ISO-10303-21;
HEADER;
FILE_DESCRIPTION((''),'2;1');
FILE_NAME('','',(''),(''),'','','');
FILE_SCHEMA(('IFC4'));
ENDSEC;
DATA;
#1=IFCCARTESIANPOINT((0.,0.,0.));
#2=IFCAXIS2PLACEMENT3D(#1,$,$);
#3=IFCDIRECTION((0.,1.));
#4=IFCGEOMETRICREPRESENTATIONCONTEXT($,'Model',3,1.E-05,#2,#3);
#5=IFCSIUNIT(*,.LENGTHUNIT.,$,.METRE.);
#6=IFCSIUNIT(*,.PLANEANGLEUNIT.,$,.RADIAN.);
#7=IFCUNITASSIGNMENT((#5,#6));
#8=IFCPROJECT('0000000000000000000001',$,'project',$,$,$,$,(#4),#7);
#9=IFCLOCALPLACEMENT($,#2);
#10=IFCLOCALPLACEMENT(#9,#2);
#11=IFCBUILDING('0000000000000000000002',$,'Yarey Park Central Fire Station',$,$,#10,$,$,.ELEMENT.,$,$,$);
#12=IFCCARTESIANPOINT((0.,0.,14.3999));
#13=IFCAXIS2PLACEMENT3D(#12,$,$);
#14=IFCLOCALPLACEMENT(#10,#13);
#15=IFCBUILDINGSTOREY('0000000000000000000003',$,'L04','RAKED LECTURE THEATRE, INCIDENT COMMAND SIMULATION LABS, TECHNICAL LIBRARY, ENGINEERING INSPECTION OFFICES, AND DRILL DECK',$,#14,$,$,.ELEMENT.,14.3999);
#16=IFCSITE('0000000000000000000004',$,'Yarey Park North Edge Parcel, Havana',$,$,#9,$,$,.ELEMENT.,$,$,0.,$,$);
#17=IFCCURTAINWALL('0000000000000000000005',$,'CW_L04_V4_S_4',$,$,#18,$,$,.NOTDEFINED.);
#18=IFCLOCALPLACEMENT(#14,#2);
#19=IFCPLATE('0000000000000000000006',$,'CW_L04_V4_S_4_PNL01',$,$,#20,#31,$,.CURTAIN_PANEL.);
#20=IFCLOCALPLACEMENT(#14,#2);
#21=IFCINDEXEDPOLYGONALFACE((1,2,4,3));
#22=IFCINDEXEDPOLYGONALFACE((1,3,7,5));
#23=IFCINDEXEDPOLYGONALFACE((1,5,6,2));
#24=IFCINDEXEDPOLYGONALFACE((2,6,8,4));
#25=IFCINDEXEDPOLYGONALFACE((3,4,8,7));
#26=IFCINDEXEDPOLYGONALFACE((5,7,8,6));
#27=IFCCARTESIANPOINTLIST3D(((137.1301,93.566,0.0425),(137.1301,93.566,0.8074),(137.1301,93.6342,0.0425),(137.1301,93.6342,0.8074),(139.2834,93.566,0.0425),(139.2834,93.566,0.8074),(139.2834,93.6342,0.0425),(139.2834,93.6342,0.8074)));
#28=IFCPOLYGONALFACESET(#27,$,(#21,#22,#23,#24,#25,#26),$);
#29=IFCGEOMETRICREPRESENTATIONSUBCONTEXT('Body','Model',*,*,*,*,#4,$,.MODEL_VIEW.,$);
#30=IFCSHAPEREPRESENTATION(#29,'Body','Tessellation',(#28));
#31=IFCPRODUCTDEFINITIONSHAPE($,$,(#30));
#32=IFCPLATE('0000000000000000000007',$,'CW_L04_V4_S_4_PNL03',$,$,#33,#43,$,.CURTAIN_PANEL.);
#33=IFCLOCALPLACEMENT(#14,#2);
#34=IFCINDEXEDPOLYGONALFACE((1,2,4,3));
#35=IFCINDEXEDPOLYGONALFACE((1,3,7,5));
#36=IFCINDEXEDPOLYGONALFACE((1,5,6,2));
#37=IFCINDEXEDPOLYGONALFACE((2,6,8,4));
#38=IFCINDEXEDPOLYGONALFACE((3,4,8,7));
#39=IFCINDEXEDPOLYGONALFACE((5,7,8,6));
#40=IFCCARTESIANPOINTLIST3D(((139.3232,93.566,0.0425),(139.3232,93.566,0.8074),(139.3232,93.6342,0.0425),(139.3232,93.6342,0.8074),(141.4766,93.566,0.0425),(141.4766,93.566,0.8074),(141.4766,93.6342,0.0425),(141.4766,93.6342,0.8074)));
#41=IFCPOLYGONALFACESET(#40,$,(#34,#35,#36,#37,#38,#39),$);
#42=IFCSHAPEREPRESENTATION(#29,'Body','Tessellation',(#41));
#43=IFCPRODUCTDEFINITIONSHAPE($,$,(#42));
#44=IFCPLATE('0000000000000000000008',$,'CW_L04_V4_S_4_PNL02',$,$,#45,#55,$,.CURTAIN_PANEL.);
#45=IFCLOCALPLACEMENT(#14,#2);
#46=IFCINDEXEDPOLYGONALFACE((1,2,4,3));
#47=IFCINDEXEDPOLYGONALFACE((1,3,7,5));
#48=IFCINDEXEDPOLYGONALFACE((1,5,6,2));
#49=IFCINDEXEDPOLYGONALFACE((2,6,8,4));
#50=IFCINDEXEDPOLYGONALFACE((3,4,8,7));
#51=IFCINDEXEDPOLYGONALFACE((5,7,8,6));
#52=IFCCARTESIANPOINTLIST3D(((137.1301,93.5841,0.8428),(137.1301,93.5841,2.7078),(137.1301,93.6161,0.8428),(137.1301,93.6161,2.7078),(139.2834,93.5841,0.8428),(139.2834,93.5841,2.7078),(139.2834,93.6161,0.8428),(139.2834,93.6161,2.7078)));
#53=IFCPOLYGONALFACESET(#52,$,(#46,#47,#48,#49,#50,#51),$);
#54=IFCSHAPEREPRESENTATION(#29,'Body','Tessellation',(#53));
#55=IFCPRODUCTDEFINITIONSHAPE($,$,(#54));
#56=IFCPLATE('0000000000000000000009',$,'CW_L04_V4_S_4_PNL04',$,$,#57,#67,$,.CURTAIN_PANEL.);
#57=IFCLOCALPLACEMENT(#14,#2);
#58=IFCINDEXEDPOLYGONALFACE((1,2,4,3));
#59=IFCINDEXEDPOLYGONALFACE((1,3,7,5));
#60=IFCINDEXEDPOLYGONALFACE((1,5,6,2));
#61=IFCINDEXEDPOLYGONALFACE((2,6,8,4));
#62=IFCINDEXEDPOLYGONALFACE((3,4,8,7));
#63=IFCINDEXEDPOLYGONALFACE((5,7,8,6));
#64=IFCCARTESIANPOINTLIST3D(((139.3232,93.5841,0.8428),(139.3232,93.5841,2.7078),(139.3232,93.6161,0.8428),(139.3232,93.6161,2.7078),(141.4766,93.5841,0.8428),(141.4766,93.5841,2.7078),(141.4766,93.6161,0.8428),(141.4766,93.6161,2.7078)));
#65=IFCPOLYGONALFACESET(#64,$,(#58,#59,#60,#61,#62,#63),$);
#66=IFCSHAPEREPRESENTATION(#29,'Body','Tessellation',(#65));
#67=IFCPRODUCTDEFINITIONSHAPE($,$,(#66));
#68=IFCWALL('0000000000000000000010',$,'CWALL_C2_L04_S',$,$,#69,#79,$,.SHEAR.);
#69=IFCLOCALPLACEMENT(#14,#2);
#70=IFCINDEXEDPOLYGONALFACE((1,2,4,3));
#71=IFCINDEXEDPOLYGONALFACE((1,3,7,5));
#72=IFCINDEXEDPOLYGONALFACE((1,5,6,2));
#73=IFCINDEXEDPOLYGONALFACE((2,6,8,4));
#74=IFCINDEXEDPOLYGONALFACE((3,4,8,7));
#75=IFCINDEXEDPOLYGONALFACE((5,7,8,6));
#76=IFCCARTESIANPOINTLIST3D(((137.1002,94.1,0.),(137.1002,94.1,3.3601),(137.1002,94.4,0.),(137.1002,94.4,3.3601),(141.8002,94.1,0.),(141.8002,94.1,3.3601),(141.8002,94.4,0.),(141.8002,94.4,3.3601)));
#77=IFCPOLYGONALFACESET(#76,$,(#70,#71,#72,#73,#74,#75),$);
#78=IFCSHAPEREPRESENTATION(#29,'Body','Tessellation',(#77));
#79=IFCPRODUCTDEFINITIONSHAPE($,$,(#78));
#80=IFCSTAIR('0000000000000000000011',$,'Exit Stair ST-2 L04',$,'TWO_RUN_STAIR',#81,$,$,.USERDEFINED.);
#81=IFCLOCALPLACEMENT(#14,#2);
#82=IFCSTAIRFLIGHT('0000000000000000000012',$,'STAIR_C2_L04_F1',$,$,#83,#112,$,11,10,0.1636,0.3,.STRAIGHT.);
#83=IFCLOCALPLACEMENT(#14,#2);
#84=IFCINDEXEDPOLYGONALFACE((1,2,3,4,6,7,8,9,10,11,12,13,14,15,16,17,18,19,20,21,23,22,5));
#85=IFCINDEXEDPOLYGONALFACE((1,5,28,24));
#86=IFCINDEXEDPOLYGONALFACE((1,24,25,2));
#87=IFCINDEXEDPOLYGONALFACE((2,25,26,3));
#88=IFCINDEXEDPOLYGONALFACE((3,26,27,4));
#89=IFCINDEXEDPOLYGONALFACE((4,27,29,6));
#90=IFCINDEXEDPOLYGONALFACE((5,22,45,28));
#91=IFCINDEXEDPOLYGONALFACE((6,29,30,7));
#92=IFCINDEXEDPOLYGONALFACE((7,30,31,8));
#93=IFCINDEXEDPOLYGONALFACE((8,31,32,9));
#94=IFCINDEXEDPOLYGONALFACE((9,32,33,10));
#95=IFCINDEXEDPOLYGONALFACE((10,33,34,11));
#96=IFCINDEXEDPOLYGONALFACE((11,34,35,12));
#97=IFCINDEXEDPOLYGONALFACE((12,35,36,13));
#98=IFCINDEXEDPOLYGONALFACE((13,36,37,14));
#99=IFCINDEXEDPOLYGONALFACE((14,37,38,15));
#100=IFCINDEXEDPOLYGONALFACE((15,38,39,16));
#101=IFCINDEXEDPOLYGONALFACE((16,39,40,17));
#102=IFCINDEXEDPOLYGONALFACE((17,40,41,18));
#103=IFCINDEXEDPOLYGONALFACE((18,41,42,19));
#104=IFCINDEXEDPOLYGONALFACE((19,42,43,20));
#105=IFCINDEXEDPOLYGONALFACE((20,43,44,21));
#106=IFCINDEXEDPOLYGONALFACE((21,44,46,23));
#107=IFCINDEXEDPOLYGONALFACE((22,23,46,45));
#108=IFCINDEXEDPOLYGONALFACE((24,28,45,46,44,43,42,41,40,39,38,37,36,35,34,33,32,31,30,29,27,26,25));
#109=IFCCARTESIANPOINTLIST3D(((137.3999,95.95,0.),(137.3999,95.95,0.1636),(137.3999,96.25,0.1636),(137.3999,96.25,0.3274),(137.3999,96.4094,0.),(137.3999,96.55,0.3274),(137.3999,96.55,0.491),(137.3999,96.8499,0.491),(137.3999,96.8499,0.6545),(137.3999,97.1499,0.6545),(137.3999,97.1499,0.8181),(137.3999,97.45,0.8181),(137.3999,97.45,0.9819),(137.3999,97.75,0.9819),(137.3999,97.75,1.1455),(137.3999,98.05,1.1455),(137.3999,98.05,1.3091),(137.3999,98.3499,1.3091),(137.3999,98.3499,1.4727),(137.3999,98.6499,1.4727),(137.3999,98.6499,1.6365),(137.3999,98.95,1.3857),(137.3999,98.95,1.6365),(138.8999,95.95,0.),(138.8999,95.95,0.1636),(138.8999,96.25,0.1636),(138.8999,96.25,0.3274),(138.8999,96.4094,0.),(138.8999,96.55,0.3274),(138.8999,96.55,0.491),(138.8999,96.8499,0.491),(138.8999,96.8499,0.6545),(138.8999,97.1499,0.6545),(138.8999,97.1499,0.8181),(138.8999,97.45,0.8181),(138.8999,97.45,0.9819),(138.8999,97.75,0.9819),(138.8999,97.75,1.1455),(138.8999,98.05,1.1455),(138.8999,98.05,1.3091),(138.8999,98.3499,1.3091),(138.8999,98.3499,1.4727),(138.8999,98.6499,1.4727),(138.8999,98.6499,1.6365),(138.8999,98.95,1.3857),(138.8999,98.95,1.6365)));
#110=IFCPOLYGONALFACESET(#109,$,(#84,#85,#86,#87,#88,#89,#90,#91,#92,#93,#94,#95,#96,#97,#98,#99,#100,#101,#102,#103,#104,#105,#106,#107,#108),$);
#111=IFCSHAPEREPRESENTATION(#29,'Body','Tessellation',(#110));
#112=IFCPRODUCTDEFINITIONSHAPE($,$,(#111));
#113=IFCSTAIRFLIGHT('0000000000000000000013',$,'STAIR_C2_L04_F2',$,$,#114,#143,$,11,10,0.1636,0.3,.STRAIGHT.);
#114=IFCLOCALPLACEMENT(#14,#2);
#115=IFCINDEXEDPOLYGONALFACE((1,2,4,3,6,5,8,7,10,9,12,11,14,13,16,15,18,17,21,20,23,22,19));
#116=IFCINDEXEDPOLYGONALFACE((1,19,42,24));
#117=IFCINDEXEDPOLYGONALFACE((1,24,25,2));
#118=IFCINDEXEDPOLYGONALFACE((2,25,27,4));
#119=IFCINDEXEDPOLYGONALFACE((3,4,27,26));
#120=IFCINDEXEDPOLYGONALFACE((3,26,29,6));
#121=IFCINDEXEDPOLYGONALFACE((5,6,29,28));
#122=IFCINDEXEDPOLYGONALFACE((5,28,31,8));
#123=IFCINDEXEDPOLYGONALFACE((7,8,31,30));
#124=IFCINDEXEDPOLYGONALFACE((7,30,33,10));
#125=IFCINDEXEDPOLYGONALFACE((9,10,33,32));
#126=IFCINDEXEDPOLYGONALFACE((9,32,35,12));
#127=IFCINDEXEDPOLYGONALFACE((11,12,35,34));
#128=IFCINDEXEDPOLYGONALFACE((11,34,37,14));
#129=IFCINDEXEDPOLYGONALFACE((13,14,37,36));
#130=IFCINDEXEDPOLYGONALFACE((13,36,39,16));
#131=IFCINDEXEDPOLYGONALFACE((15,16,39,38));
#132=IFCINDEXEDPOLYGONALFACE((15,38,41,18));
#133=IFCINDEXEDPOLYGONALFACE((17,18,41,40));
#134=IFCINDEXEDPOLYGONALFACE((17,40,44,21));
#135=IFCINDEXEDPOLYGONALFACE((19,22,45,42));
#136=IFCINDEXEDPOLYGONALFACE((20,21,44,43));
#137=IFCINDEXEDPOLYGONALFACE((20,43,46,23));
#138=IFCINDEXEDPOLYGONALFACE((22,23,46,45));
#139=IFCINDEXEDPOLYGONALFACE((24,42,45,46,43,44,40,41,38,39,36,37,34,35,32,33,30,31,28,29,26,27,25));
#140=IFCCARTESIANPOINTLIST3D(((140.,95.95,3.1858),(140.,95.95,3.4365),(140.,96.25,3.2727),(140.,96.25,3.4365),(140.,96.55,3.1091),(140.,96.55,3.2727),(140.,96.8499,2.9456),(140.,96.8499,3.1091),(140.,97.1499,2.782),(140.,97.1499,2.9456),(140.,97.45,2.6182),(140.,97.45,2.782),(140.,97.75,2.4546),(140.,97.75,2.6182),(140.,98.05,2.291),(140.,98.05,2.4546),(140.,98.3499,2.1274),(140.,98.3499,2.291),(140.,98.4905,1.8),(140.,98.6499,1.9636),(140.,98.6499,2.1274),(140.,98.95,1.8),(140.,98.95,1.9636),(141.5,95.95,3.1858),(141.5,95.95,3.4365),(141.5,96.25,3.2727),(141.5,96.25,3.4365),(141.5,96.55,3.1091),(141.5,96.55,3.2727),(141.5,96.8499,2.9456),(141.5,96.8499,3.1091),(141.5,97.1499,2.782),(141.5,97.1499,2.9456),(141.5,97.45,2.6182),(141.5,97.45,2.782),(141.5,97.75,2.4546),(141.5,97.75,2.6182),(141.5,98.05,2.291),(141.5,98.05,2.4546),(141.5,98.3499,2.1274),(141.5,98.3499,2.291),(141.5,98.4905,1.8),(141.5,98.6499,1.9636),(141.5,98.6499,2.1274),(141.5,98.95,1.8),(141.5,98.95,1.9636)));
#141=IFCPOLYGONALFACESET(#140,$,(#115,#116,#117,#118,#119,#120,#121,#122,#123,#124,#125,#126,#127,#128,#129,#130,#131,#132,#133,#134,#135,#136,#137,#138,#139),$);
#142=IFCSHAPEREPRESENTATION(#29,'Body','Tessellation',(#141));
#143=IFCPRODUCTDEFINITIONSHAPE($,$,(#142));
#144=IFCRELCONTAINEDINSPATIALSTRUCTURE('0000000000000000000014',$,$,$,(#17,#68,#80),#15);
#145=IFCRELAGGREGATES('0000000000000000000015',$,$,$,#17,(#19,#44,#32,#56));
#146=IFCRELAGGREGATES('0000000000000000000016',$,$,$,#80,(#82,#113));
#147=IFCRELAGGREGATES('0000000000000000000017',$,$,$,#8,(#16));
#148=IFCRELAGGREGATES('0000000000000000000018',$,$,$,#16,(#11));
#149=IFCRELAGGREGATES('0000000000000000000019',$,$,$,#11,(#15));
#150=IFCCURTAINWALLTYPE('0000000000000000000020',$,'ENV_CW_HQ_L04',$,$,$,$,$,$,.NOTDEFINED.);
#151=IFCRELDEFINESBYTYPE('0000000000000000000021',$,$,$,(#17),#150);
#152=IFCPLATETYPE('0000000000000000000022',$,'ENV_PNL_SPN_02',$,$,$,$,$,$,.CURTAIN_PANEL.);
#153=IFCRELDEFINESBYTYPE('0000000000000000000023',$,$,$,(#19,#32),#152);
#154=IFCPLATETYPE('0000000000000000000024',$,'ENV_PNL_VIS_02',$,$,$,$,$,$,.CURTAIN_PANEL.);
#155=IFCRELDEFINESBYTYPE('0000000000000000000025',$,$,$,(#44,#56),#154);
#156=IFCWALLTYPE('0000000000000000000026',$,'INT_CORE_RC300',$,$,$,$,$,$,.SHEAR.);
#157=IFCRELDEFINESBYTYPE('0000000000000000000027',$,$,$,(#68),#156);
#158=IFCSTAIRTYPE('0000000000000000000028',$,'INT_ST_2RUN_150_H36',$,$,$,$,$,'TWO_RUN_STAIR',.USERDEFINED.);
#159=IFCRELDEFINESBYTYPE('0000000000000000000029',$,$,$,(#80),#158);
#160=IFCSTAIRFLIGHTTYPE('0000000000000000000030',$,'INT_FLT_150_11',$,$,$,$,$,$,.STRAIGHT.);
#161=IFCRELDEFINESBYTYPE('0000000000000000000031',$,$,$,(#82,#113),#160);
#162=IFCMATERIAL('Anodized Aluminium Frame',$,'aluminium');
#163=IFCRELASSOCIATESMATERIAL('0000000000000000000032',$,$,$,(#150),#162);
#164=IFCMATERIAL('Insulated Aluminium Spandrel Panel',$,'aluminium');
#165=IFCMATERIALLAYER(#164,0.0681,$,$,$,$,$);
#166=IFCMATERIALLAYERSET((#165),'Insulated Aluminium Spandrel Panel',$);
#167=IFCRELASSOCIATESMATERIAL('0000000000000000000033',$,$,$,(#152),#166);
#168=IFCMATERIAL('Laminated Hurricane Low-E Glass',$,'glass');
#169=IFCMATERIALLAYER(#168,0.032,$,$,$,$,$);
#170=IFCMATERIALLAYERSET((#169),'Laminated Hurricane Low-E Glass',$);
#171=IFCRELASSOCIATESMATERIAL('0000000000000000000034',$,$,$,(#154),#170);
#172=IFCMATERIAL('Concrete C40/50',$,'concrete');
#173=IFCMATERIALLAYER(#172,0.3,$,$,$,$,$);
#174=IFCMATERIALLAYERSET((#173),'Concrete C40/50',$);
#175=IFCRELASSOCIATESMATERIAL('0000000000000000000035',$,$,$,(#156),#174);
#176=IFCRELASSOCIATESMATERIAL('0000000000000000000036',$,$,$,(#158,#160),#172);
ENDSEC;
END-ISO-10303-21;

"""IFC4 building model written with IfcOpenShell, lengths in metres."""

from ifc_helpers import new_model, si_unit, direction, frame, frame_2d, origin, origin_2d, place, context, subcontext, project, spatial, polyline, rectangle, outline, extrude, material, layer, layer_set, type_object, element, aggregate, save


model = new_model("IFC4")

# Units and contexts
model_context = context("Model", 3, precision=1e-05, world=origin(), true_north=direction((0.0, 1.0)))
body_context = subcontext(model_context, "Body", "Model", "MODEL_VIEW")
ifc_project = project(units=[si_unit("LENGTHUNIT", "METRE"), si_unit("PLANEANGLEUNIT", "RADIAN")], contexts=[model_context])

# Site, building, storey
site_placement = place(None, origin())
site = spatial("IfcSite", under=ifc_project, at=site_placement, Name="Yarey Park North Edge Parcel, Havana", CompositionType="ELEMENT", RefElevation=0.0)
building_placement = place(site_placement, origin())
building = spatial("IfcBuilding", under=site, at=building_placement, Name="Yarey Park Central Fire Station", CompositionType="ELEMENT")
storey_placement = place(building_placement, frame((0.0, 0.0, 14.3999)))
storey = spatial("IfcBuildingStorey", under=building, at=storey_placement, Name="L04", Description="RAKED LECTURE THEATRE, INCIDENT COMMAND SIMULATION LABS, TECHNICAL LIBRARY, ENGINEERING INSPECTION OFFICES, AND DRILL DECK", CompositionType="ELEMENT", Elevation=14.3999)

# Shared definitions
ifc_material_1 = material(Name="Concrete C40/50", Category="concrete")

# Curtain wall
ifc_material_2 = material(Name="Anodized Aluminium Frame", Category="aluminium")
curtain_wall_type = type_object("IfcCurtainWallType", Name="ENV_CW_HQ_L04", PredefinedType="NOTDEFINED", material=ifc_material_2)
curtain_wall_placement = place(storey_placement, origin())
curtain_wall = element("IfcCurtainWall", 1, at=curtain_wall_placement, inside=storey, type_object=curtain_wall_type, Name="CW_L04_V4_S_4", PredefinedType="NOTDEFINED")

# Plates
ifc_material_3 = material(Name="Insulated Aluminium Spandrel Panel", Category="aluminium")
ifc_layer_1 = layer(ifc_material_3, 0.0681)
ifc_layer_set_1 = layer_set([ifc_layer_1], Name="Insulated Aluminium Spandrel Panel")
plate_type_1 = type_object("IfcPlateType", Name="ENV_PNL_SPN_02", PredefinedType="CURTAIN_PANEL", material=ifc_layer_set_1)
plate_1_placement = place(storey_placement, frame((138.2068, 93.6001, 0.0425), z_axis=(0.0, 0.0, 1.0), x_axis=(1.0, 0.0, 0.0)))
plate_1 = element("IfcPlate", 2, at=plate_1_placement, type_object=plate_type_1, Name="CW_L04_V4_S_4_PNL01", PredefinedType="CURTAIN_PANEL", context=body_context, shape_type="SweptSolid", body=[
    extrude(rectangle(XDim=2.1533, YDim=0.0681, at=origin_2d()), origin(), (0.0, 0.0, 1.0), 0.7649),
])
plate_2_placement = place(storey_placement, frame((140.3999, 93.6001, 0.0425), z_axis=(0.0, 0.0, 1.0), x_axis=(1.0, 0.0, 0.0)))
plate_2 = element("IfcPlate", 3, at=plate_2_placement, type_object=plate_type_1, Name="CW_L04_V4_S_4_PNL03", PredefinedType="CURTAIN_PANEL", context=body_context, shape_type="SweptSolid", body=[
    extrude(rectangle(XDim=2.1533, YDim=0.0681, at=origin_2d()), origin(), (0.0, 0.0, 1.0), 0.7649),
])
ifc_material_4 = material(Name="Laminated Hurricane Low-E Glass", Category="glass")
ifc_layer_2 = layer(ifc_material_4, 0.032)
ifc_layer_set_2 = layer_set([ifc_layer_2], Name="Laminated Hurricane Low-E Glass")
plate_type_2 = type_object("IfcPlateType", Name="ENV_PNL_VIS_02", PredefinedType="CURTAIN_PANEL", material=ifc_layer_set_2)
plate_3_placement = place(storey_placement, frame((138.2068, 93.6001, 0.8428), z_axis=(0.0, 0.0, 1.0), x_axis=(1.0, 0.0, 0.0)))
plate_3 = element("IfcPlate", 4, at=plate_3_placement, type_object=plate_type_2, Name="CW_L04_V4_S_4_PNL02", PredefinedType="CURTAIN_PANEL", context=body_context, shape_type="SweptSolid", body=[
    extrude(rectangle(XDim=2.1533, YDim=0.032, at=origin_2d()), origin(), (0.0, 0.0, 1.0), 1.865),
])
plate_4_placement = place(storey_placement, frame((140.3999, 93.6001, 0.8428), z_axis=(0.0, 0.0, 1.0), x_axis=(1.0, 0.0, 0.0)))
plate_4 = element("IfcPlate", 5, at=plate_4_placement, type_object=plate_type_2, Name="CW_L04_V4_S_4_PNL04", PredefinedType="CURTAIN_PANEL", context=body_context, shape_type="SweptSolid", body=[
    extrude(rectangle(XDim=2.1533, YDim=0.032, at=origin_2d()), origin(), (0.0, 0.0, 1.0), 1.865),
])
aggregate(curtain_wall, [plate_1, plate_3, plate_2, plate_4])

# Wall
ifc_layer_3 = layer(ifc_material_1, 0.3)
ifc_layer_set_3 = layer_set([ifc_layer_3], Name="Concrete C40/50")
wall_type = type_object("IfcWallType", Name="INT_CORE_RC300", PredefinedType="SHEAR", material=ifc_layer_set_3)
wall_placement = place(storey_placement, frame((137.1001, 94.25, 0.0), z_axis=(0.0, 0.0, 1.0), x_axis=(1.0, 0.0, 0.0)))
element("IfcWall", 6, at=wall_placement, inside=storey, type_object=wall_type, Name="CWALL_C2_L04_S", PredefinedType="SHEAR", context=body_context, shape_type="SweptSolid", body=[
    extrude(rectangle(XDim=4.7, YDim=0.3, at=frame_2d((2.3501, 0.0))), origin(), (0.0, 0.0, 1.0), 3.3601),
])

# Stair, stair flights
stair_type = type_object("IfcStairType", Name="INT_ST_2RUN_150_H36", ElementType="TWO_RUN_STAIR", PredefinedType="USERDEFINED", material=ifc_material_1)
stair_placement = place(storey_placement, origin())
stair = element("IfcStair", 7, at=stair_placement, inside=storey, type_object=stair_type, Name="Exit Stair ST-2 L04", ObjectType="TWO_RUN_STAIR", PredefinedType="USERDEFINED")
stair_flight_type = type_object("IfcStairFlightType", Name="INT_FLT_150_11", PredefinedType="STRAIGHT", material=ifc_material_1)
stair_flight_1_placement = place(storey_placement, frame((138.1499, 95.95, 0.0), z_axis=(0.0, 0.0, 1.0), x_axis=(0.0, 1.0, 0.0)))
stair_flight_1 = element("IfcStairFlight", 8, at=stair_flight_1_placement, type_object=stair_flight_type, Name="STAIR_C2_L04_F1", NumberOfRisers=11, NumberOfTreads=10, PredefinedType="STRAIGHT", RiserHeight=0.1636, TreadLength=0.3, context=body_context, shape_type="SweptSolid", body=[
    extrude(outline(polyline([(0.0, 0.0), (0.0, 0.1636), (0.3, 0.1636), (0.3, 0.3274), (0.6001, 0.3274), (0.6001, 0.491), (0.8999, 0.491), (0.8999, 0.6545), (1.2, 0.6545), (1.2, 0.8181), (1.5, 0.8181), (1.5, 0.9819), (1.8, 0.9819), (1.8, 1.1455), (2.1001, 1.1455), (2.1001, 1.3091), (2.3999, 1.3091), (2.3999, 1.4727), (2.7, 1.4727), (2.7, 1.6365), (3.0, 1.6365), (3.0, 1.8), (3.0, 1.3857), (0.4595, 0.0), (0.0, 0.0)])), frame((0.0, 0.75, 0.0), z_axis=(0.0, -1.0, 0.0), x_axis=(1.0, 0.0, 0.0)), (0.0, 0.0, 1.0), 1.5),
])
stair_flight_2_placement = place(storey_placement, frame((140.75, 98.95, 1.8), z_axis=(0.0, 0.0, 1.0), x_axis=(0.0, -1.0, 0.0)))
stair_flight_2 = element("IfcStairFlight", 9, at=stair_flight_2_placement, type_object=stair_flight_type, Name="STAIR_C2_L04_F2", NumberOfRisers=11, NumberOfTreads=10, PredefinedType="STRAIGHT", RiserHeight=0.1636, TreadLength=0.3, context=body_context, shape_type="SweptSolid", body=[
    extrude(outline(polyline([(0.0, 0.0), (0.0, 0.1636), (0.3, 0.1636), (0.3, 0.3274), (0.6001, 0.3274), (0.6001, 0.491), (0.8999, 0.491), (0.8999, 0.6545), (1.2, 0.6545), (1.2, 0.8181), (1.5, 0.8181), (1.5, 0.9819), (1.8, 0.9819), (1.8, 1.1455), (2.1001, 1.1455), (2.1001, 1.3091), (2.3999, 1.3091), (2.3999, 1.4727), (2.7, 1.4727), (2.7, 1.6365), (3.0, 1.6365), (3.0, 1.8), (3.0, 1.3857), (0.4595, 0.0), (0.0, 0.0)])), frame((0.0, 0.75, 0.0), z_axis=(0.0, -1.0, 0.0), x_axis=(1.0, 0.0, 0.0)), (0.0, 0.0, 1.0), 1.5),
])
aggregate(stair, [stair_flight_1, stair_flight_2])

save(model, "model.ifc")
